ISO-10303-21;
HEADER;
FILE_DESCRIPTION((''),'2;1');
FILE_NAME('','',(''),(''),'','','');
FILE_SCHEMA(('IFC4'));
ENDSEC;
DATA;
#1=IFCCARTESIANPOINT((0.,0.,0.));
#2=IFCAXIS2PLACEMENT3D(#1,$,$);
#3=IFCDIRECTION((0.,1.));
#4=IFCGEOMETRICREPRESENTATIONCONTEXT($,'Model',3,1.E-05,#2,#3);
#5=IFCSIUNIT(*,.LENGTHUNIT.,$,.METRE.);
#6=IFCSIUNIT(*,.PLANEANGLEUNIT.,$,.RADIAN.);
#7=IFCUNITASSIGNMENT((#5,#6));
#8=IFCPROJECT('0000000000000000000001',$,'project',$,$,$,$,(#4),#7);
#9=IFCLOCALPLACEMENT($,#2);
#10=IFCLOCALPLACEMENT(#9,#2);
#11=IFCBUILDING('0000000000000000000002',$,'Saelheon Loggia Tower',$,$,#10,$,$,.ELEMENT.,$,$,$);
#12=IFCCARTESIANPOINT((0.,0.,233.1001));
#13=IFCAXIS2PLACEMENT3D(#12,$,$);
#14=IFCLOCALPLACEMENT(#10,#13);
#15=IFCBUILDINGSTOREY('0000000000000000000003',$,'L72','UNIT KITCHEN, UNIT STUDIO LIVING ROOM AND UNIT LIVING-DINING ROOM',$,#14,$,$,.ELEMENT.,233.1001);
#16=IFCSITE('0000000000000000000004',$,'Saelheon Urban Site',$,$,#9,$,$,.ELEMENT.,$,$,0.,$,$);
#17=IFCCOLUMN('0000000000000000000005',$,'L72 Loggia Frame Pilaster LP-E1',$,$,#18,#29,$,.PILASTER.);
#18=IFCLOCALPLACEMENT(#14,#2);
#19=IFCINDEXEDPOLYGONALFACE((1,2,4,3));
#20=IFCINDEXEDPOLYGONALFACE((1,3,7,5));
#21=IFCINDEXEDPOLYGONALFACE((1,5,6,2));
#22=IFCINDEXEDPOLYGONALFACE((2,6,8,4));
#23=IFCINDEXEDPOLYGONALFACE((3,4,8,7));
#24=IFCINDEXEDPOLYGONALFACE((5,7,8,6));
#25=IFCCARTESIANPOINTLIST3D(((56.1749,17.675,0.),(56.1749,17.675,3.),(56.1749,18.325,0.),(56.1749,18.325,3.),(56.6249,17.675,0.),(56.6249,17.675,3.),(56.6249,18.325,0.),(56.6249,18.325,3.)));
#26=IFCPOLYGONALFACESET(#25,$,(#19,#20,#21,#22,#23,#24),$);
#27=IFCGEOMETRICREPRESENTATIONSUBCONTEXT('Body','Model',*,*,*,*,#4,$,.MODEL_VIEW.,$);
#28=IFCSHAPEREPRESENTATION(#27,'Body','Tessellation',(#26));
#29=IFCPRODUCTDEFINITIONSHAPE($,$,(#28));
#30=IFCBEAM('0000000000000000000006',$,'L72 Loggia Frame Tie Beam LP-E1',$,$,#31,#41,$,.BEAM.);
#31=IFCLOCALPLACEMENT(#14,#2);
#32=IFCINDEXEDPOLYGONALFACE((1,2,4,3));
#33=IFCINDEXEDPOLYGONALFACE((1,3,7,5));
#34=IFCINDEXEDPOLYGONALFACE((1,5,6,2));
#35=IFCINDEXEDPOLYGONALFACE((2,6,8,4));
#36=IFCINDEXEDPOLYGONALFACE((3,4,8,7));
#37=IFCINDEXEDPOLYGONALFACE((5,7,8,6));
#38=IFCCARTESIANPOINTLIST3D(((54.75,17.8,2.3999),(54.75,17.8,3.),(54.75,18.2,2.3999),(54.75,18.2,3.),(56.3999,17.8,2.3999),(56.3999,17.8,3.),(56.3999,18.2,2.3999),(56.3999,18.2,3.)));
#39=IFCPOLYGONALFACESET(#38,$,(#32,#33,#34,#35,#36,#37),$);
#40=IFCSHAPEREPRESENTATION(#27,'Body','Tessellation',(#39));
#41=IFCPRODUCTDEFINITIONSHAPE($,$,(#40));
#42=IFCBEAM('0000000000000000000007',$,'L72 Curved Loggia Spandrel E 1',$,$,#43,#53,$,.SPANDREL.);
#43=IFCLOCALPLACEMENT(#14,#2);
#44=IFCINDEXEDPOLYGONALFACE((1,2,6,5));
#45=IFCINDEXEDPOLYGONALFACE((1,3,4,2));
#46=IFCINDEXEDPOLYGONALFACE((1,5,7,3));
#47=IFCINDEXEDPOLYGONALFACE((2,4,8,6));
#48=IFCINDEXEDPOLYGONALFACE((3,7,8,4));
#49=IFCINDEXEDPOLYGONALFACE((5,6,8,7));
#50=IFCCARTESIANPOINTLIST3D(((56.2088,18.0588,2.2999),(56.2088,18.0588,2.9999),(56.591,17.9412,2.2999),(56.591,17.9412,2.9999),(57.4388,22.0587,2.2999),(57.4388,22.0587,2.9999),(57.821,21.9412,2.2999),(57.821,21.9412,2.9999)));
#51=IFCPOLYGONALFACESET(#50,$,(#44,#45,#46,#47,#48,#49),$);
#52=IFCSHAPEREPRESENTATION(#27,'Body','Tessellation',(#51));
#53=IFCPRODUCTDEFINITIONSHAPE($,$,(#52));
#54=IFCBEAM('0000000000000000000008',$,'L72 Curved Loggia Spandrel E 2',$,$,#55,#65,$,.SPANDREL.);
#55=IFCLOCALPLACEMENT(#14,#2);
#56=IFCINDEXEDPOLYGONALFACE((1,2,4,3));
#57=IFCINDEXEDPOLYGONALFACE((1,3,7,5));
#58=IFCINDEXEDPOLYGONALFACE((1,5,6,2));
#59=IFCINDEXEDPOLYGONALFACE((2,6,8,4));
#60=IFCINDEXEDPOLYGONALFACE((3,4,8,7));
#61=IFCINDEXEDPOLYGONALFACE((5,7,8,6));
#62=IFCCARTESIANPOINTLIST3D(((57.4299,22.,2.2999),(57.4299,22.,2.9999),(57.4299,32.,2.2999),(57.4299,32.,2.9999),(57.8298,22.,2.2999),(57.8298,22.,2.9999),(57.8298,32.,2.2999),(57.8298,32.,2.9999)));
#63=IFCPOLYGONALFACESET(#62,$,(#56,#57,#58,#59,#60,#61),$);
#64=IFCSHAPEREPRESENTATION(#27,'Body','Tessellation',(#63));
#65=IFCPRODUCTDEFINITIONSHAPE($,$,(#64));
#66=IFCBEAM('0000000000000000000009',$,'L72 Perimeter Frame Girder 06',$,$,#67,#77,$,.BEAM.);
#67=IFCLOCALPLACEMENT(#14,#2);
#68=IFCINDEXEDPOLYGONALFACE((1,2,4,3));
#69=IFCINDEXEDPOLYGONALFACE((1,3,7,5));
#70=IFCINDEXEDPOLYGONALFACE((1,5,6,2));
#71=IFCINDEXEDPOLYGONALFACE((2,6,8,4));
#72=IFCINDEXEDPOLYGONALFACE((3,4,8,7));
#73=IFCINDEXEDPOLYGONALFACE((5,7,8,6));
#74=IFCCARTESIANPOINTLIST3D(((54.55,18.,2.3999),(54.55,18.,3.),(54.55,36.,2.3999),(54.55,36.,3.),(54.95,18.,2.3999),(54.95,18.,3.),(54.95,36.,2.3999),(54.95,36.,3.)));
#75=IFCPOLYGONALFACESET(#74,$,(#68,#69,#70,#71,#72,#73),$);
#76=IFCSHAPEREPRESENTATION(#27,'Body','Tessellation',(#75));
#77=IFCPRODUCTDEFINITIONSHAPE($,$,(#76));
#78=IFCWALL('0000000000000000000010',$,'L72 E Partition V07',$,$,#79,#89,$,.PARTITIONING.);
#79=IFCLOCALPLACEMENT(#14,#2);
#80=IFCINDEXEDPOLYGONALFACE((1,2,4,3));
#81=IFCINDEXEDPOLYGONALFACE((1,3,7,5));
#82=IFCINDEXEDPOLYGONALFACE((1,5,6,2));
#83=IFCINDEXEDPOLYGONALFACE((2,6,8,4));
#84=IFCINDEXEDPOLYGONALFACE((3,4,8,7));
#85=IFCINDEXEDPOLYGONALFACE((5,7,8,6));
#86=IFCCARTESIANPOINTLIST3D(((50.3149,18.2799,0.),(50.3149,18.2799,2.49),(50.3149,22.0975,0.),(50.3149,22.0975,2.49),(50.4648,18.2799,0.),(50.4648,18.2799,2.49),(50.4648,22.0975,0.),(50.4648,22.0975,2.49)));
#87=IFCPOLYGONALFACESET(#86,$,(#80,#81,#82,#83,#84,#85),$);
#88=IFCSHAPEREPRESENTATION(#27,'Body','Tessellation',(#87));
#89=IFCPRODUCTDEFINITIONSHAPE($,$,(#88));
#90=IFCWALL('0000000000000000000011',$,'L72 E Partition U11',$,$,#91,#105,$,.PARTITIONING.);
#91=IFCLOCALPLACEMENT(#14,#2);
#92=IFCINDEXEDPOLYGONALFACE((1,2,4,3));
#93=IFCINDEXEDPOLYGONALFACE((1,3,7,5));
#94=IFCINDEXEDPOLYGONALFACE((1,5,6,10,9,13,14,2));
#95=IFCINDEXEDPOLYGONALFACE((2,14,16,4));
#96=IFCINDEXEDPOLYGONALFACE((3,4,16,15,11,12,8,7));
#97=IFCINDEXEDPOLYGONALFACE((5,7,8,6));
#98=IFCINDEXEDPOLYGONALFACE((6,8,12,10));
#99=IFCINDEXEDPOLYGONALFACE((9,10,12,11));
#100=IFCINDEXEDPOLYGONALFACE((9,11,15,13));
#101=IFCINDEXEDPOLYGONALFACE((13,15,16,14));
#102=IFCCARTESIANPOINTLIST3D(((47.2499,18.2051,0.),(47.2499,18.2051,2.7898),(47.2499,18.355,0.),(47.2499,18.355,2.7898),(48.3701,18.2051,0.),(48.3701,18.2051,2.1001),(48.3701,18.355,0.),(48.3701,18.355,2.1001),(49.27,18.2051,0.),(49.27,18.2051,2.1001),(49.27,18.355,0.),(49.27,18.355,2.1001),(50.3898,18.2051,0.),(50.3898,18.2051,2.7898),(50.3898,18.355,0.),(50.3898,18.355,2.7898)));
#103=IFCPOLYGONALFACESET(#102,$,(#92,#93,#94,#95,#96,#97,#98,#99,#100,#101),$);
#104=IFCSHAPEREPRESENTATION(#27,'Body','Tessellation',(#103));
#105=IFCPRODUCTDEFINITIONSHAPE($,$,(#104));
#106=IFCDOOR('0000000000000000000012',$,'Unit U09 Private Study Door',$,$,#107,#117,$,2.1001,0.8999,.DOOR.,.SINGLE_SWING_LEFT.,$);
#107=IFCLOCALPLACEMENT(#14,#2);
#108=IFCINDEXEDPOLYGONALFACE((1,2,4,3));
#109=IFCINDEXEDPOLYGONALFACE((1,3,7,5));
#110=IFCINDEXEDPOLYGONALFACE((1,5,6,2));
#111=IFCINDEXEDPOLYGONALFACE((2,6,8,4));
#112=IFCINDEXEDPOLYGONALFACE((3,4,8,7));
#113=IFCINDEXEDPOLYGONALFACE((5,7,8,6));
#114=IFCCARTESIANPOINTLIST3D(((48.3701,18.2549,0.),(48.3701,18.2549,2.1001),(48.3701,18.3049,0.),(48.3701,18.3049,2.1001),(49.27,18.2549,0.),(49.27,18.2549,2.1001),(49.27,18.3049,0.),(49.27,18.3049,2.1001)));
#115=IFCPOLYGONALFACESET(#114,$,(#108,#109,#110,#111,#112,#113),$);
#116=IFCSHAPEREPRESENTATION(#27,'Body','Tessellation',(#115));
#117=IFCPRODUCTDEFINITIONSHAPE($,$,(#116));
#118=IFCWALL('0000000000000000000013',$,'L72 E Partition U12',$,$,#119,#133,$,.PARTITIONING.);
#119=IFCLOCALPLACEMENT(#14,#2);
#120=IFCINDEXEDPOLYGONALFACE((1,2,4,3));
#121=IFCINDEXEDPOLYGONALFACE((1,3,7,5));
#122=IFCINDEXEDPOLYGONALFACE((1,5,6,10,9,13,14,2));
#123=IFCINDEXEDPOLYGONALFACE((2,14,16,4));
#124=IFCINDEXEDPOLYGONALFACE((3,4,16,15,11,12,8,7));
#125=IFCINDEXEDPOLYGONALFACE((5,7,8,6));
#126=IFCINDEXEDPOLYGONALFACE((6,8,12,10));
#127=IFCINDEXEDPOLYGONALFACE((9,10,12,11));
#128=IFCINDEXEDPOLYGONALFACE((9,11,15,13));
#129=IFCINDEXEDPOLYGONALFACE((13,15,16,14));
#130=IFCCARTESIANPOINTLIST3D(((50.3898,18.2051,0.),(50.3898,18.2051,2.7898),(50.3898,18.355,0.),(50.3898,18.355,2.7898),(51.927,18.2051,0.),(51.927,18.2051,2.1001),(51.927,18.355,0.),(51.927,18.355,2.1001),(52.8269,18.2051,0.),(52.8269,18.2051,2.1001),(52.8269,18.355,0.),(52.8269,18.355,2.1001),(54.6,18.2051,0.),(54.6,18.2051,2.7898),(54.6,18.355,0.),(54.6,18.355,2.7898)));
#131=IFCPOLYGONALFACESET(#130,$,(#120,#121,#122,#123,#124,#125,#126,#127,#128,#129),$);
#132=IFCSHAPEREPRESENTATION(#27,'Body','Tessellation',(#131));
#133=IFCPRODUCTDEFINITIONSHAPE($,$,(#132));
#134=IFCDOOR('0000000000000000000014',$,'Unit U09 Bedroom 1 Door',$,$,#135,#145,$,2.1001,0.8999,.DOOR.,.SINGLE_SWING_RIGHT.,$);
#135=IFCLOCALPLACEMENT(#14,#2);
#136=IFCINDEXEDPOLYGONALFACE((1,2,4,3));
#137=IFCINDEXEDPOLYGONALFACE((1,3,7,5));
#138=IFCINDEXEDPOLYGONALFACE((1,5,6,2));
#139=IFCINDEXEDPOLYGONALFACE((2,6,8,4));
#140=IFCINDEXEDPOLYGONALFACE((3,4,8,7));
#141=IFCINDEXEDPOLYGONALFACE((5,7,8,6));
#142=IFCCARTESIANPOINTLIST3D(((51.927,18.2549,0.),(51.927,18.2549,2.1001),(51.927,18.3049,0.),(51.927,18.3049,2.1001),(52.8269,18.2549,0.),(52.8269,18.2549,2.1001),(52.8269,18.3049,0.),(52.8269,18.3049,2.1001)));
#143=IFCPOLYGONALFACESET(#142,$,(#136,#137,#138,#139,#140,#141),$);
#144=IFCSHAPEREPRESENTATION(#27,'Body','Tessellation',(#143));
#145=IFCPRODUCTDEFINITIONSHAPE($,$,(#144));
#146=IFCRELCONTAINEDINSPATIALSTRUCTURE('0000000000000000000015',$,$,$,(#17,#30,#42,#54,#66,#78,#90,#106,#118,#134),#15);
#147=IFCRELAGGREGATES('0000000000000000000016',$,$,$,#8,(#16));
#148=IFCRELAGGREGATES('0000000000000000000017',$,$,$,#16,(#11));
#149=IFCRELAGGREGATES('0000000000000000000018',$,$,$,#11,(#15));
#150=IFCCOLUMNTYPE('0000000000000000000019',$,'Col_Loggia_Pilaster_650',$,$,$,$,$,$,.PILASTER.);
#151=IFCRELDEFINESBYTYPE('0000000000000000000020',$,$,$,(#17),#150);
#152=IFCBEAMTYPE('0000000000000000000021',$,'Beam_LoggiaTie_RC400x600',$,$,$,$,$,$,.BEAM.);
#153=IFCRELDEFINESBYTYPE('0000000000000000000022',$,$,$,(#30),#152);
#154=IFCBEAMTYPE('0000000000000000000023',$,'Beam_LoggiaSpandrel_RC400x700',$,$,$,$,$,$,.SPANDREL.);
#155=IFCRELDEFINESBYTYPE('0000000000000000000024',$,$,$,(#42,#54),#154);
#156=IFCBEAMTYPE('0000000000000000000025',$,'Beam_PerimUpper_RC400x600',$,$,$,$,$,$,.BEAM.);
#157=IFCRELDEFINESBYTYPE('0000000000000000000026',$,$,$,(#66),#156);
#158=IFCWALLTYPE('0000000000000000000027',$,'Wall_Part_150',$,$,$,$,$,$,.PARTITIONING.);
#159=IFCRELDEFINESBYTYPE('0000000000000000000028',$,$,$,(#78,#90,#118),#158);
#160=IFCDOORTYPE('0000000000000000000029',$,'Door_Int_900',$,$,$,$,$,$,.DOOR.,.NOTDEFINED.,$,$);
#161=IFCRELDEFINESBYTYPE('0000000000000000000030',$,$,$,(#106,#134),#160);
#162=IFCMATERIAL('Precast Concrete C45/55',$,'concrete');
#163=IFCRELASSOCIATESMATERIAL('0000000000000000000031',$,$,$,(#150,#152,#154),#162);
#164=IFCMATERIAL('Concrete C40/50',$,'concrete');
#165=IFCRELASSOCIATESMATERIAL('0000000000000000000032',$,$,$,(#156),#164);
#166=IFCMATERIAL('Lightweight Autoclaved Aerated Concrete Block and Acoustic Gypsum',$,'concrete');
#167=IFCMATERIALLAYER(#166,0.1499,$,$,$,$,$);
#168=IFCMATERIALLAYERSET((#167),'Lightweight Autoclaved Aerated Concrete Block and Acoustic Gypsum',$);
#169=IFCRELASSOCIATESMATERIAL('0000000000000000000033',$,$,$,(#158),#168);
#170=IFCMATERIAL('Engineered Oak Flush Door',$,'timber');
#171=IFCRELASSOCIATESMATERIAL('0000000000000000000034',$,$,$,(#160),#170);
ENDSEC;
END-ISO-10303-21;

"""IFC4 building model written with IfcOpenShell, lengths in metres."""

from ifc_helpers import new_model, si_unit, direction, frame, frame_2d, origin, origin_2d, place, context, subcontext, project, spatial, rectangle, extrude, source, transform, mapped, material, layer, layer_set, material_profile, profile_set, type_object, element, fill, save


model = new_model("IFC4")

# Units and contexts
model_context = context("Model", 3, precision=1e-05, world=origin(), true_north=direction((0.0, 1.0)))
body_context = subcontext(model_context, "Body", "Model", "MODEL_VIEW")
ifc_project = project(units=[si_unit("LENGTHUNIT", "METRE"), si_unit("PLANEANGLEUNIT", "RADIAN")], contexts=[model_context])

# Site, building, storey
site_placement = place(None, origin())
site = spatial("IfcSite", under=ifc_project, at=site_placement, Name="Saelheon Urban Site", CompositionType="ELEMENT", RefElevation=0.0)
building_placement = place(site_placement, origin())
building = spatial("IfcBuilding", under=site, at=building_placement, Name="Saelheon Loggia Tower", CompositionType="ELEMENT")
storey_placement = place(building_placement, frame((0.0, 0.0, 233.1001)))
storey = spatial("IfcBuildingStorey", under=building, at=storey_placement, Name="L72", Description="UNIT KITCHEN, UNIT STUDIO LIVING ROOM AND UNIT LIVING-DINING ROOM", CompositionType="ELEMENT", Elevation=233.1001)

# Column
ifc_material_1 = material(Name="Precast Concrete C45/55", Category="concrete")
ifc_material_profile_1 = material_profile(ifc_material_1, rectangle(XDim=0.45, YDim=0.6499, at=origin_2d()), Name="RC-450x650")
ifc_profile_set_1 = profile_set([ifc_material_profile_1], Name="Precast Concrete C45/55")
column_type = type_object("IfcColumnType", Name="Col_Loggia_Pilaster_650", PredefinedType="PILASTER", material=ifc_profile_set_1)
shared_shape_1 = source(origin(), body_context, "Body", "SweptSolid", [
    extrude(rectangle(XDim=0.45, YDim=0.6499, at=origin_2d()), origin(), (0.0, 0.0, 1.0), 3.0),
])
column_placement = place(storey_placement, frame((56.3999, 18.0, 0.0), z_axis=(0.0, 0.0, 1.0), x_axis=(1.0, 0.0, 0.0)))
element("IfcColumn", 1, at=column_placement, inside=storey, type_object=column_type, Name="L72 Loggia Frame Pilaster LP-E1", PredefinedType="PILASTER", context=body_context, shape_type="MappedRepresentation", body=[
    mapped(shared_shape_1, transform((0.0, 0.0, 0.0), scale=1.0)),
])

# Beams
ifc_material_profile_2 = material_profile(ifc_material_1, rectangle(XDim=0.3999, YDim=0.6001, at=origin_2d()), Name="RC-400x600")
ifc_profile_set_2 = profile_set([ifc_material_profile_2], Name="Precast Concrete C45/55")
beam_type_1 = type_object("IfcBeamType", Name="Beam_LoggiaTie_RC400x600", PredefinedType="BEAM", material=ifc_profile_set_2)
shared_shape_2 = source(origin(), body_context, "Body", "SweptSolid", [
    extrude(rectangle(XDim=0.3999, YDim=0.6001, at=origin_2d()), origin(), (0.0, 0.0, 1.0), 1.6499),
])
beam_1_placement = place(storey_placement, frame((54.75, 18.0, 2.7), z_axis=(1.0, 0.0, 0.0), x_axis=(0.0, 1.0, 0.0)))
element("IfcBeam", 2, at=beam_1_placement, inside=storey, type_object=beam_type_1, Name="L72 Loggia Frame Tie Beam LP-E1", PredefinedType="BEAM", context=body_context, shape_type="MappedRepresentation", body=[
    mapped(shared_shape_2, transform((0.0, 0.0, 0.0), scale=1.0)),
])
ifc_material_profile_3 = material_profile(ifc_material_1, rectangle(XDim=0.3999, YDim=0.7, at=origin_2d()), Name="RC-400x700")
ifc_profile_set_3 = profile_set([ifc_material_profile_3], Name="Precast Concrete C45/55")
beam_type_2 = type_object("IfcBeamType", Name="Beam_LoggiaSpandrel_RC400x700", PredefinedType="SPANDREL", material=ifc_profile_set_3)
shared_shape_3 = source(origin(), body_context, "Body", "SweptSolid", [
    extrude(rectangle(XDim=0.3999, YDim=0.7, at=origin_2d()), origin(), (0.0, 0.0, 1.0), 4.1848),
])
beam_2_placement = place(storey_placement, frame((56.3999, 18.0, 2.6499), z_axis=(0.293914, 0.955832, 0.0), x_axis=(-0.955832, 0.293914, 0.0)))
element("IfcBeam", 3, at=beam_2_placement, inside=storey, type_object=beam_type_2, Name="L72 Curved Loggia Spandrel E 1", PredefinedType="SPANDREL", context=body_context, shape_type="MappedRepresentation", body=[
    mapped(shared_shape_3, transform((0.0, 0.0, 0.0), scale=1.0)),
])
shared_shape_4 = source(origin(), body_context, "Body", "SweptSolid", [
    extrude(rectangle(XDim=0.3999, YDim=0.7, at=origin_2d()), origin(), (0.0, 0.0, 1.0), 10.0),
])
beam_3_placement = place(storey_placement, frame((57.6299, 22.0, 2.6499), z_axis=(0.0, 1.0, 0.0), x_axis=(-1.0, 0.0, 0.0)))
element("IfcBeam", 4, at=beam_3_placement, inside=storey, type_object=beam_type_2, Name="L72 Curved Loggia Spandrel E 2", PredefinedType="SPANDREL", context=body_context, shape_type="MappedRepresentation", body=[
    mapped(shared_shape_4, transform((0.0, 0.0, 0.0), scale=1.0)),
])
ifc_material_2 = material(Name="Concrete C40/50", Category="concrete")
ifc_material_profile_4 = material_profile(ifc_material_2, rectangle(XDim=0.3999, YDim=0.6001, at=origin_2d()), Name="RC-400x600")
ifc_profile_set_4 = profile_set([ifc_material_profile_4], Name="Concrete C40/50")
beam_type_3 = type_object("IfcBeamType", Name="Beam_PerimUpper_RC400x600", PredefinedType="BEAM", material=ifc_profile_set_4)
shared_shape_5 = source(origin(), body_context, "Body", "SweptSolid", [
    extrude(rectangle(XDim=0.3999, YDim=0.6001, at=origin_2d()), origin(), (0.0, 0.0, 1.0), 18.0),
])
beam_4_placement = place(storey_placement, frame((54.75, 18.0, 2.7), z_axis=(0.0, 1.0, 0.0), x_axis=(-1.0, 0.0, 0.0)))
element("IfcBeam", 5, at=beam_4_placement, inside=storey, type_object=beam_type_3, Name="L72 Perimeter Frame Girder 06", PredefinedType="BEAM", context=body_context, shape_type="MappedRepresentation", body=[
    mapped(shared_shape_5, transform((0.0, 0.0, 0.0), scale=1.0)),
])

# Wall
ifc_material_3 = material(Name="Lightweight Autoclaved Aerated Concrete Block and Acoustic Gypsum", Category="concrete")
ifc_layer_1 = layer(ifc_material_3, 0.1499)
ifc_layer_set_1 = layer_set([ifc_layer_1], Name="Lightweight Autoclaved Aerated Concrete Block and Acoustic Gypsum")
wall_type_1 = type_object("IfcWallType", Name="Wall_Part_150", PredefinedType="PARTITIONING", material=ifc_layer_set_1)
wall_1_placement = place(storey_placement, frame((50.3899, 18.28, 0.0), z_axis=(0.0, 0.0, 1.0), x_axis=(0.0, 1.0, 0.0)))
element("IfcWall", 6, at=wall_1_placement, inside=storey, type_object=wall_type_1, Name="L72 E Partition V07", PredefinedType="PARTITIONING", context=body_context, shape_type="SweptSolid", body=[
    extrude(rectangle(XDim=3.8176, YDim=0.1499, at=frame_2d((1.9087, 0.0))), origin(), (0.0, 0.0, 1.0), 2.49),
])

# Walls, openings, doors
wall_2_placement = place(storey_placement, frame((47.25, 18.28, 0.0), z_axis=(0.0, 0.0, 1.0), x_axis=(1.0, 0.0, 0.0)))
wall_2 = element("IfcWall", 7, at=wall_2_placement, inside=storey, type_object=wall_type_1, Name="L72 E Partition U11", PredefinedType="PARTITIONING", context=body_context, shape_type="SweptSolid", body=[
    extrude(rectangle(XDim=3.1399, YDim=0.1499, at=frame_2d((1.5698, 0.0))), origin(), (0.0, 0.0, 1.0), 2.7898),
])
opening_1_placement = place(wall_2_placement, frame((1.1201, 0.0, 0.0)))
opening_1 = element("IfcOpeningElement", 8, at=opening_1_placement, cuts=wall_2, PredefinedType="OPENING", context=body_context, shape_type="SweptSolid", body=[
    extrude(rectangle(XDim=0.8999, YDim=2.1001, at=frame_2d((0.45, 1.05))), frame((0.0, 0.0869, 0.0), z_axis=(0.0, -1.0, 0.0), x_axis=(1.0, 0.0, 0.0)), (0.0, 0.0, 1.0), 0.1738),
])
ifc_material_4 = material(Name="Engineered Oak Flush Door", Category="timber")
door_type_1 = type_object("IfcDoorType", Name="Door_Int_900", OperationType="NOTDEFINED", PredefinedType="DOOR", material=ifc_material_4)
shared_shape_6 = source(origin(), body_context, "Body", "SweptSolid", [
    extrude(rectangle(XDim=0.8999, YDim=2.1001, at=frame_2d((0.45, 1.05))), frame((0.0, 0.0249, 0.0), z_axis=(0.0, -1.0, 0.0), x_axis=(1.0, 0.0, 0.0)), (0.0, 0.0, 1.0), 0.05),
])
door_1_placement = place(opening_1_placement, origin())
door_1 = element("IfcDoor", 9, at=door_1_placement, inside=storey, type_object=door_type_1, Name="Unit U09 Private Study Door", OperationType="SINGLE_SWING_LEFT", OverallHeight=2.1001, OverallWidth=0.8999, PredefinedType="DOOR", context=body_context, shape_type="MappedRepresentation", body=[
    mapped(shared_shape_6, transform((0.0, 0.0, 0.0), scale=1.0)),
])
fill(opening_1, door_1)
wall_3_placement = place(storey_placement, frame((50.3899, 18.28, 0.0), z_axis=(0.0, 0.0, 1.0), x_axis=(1.0, 0.0, 0.0)))
wall_3 = element("IfcWall", 10, at=wall_3_placement, inside=storey, type_object=wall_type_1, Name="L72 E Partition U12", PredefinedType="PARTITIONING", context=body_context, shape_type="SweptSolid", body=[
    extrude(rectangle(XDim=4.2102, YDim=0.1499, at=frame_2d((2.105, 0.0))), origin(), (0.0, 0.0, 1.0), 2.7898),
])
opening_2_placement = place(wall_3_placement, frame((1.5371, 0.0, 0.0)))
opening_2 = element("IfcOpeningElement", 11, at=opening_2_placement, cuts=wall_3, PredefinedType="OPENING", context=body_context, shape_type="SweptSolid", body=[
    extrude(rectangle(XDim=0.8999, YDim=2.1001, at=frame_2d((0.45, 1.05))), frame((0.0, 0.0869, 0.0), z_axis=(0.0, -1.0, 0.0), x_axis=(1.0, 0.0, 0.0)), (0.0, 0.0, 1.0), 0.1738),
])
door_2_placement = place(opening_2_placement, origin())
door_2 = element("IfcDoor", 12, at=door_2_placement, inside=storey, type_object=door_type_1, Name="Unit U09 Bedroom 1 Door", OperationType="SINGLE_SWING_RIGHT", OverallHeight=2.1001, OverallWidth=0.8999, PredefinedType="DOOR", context=body_context, shape_type="MappedRepresentation", body=[
    mapped(shared_shape_6, transform((0.0, 0.0, 0.0), scale=1.0)),
])
fill(opening_2, door_2)

save(model, "model.ifc")
